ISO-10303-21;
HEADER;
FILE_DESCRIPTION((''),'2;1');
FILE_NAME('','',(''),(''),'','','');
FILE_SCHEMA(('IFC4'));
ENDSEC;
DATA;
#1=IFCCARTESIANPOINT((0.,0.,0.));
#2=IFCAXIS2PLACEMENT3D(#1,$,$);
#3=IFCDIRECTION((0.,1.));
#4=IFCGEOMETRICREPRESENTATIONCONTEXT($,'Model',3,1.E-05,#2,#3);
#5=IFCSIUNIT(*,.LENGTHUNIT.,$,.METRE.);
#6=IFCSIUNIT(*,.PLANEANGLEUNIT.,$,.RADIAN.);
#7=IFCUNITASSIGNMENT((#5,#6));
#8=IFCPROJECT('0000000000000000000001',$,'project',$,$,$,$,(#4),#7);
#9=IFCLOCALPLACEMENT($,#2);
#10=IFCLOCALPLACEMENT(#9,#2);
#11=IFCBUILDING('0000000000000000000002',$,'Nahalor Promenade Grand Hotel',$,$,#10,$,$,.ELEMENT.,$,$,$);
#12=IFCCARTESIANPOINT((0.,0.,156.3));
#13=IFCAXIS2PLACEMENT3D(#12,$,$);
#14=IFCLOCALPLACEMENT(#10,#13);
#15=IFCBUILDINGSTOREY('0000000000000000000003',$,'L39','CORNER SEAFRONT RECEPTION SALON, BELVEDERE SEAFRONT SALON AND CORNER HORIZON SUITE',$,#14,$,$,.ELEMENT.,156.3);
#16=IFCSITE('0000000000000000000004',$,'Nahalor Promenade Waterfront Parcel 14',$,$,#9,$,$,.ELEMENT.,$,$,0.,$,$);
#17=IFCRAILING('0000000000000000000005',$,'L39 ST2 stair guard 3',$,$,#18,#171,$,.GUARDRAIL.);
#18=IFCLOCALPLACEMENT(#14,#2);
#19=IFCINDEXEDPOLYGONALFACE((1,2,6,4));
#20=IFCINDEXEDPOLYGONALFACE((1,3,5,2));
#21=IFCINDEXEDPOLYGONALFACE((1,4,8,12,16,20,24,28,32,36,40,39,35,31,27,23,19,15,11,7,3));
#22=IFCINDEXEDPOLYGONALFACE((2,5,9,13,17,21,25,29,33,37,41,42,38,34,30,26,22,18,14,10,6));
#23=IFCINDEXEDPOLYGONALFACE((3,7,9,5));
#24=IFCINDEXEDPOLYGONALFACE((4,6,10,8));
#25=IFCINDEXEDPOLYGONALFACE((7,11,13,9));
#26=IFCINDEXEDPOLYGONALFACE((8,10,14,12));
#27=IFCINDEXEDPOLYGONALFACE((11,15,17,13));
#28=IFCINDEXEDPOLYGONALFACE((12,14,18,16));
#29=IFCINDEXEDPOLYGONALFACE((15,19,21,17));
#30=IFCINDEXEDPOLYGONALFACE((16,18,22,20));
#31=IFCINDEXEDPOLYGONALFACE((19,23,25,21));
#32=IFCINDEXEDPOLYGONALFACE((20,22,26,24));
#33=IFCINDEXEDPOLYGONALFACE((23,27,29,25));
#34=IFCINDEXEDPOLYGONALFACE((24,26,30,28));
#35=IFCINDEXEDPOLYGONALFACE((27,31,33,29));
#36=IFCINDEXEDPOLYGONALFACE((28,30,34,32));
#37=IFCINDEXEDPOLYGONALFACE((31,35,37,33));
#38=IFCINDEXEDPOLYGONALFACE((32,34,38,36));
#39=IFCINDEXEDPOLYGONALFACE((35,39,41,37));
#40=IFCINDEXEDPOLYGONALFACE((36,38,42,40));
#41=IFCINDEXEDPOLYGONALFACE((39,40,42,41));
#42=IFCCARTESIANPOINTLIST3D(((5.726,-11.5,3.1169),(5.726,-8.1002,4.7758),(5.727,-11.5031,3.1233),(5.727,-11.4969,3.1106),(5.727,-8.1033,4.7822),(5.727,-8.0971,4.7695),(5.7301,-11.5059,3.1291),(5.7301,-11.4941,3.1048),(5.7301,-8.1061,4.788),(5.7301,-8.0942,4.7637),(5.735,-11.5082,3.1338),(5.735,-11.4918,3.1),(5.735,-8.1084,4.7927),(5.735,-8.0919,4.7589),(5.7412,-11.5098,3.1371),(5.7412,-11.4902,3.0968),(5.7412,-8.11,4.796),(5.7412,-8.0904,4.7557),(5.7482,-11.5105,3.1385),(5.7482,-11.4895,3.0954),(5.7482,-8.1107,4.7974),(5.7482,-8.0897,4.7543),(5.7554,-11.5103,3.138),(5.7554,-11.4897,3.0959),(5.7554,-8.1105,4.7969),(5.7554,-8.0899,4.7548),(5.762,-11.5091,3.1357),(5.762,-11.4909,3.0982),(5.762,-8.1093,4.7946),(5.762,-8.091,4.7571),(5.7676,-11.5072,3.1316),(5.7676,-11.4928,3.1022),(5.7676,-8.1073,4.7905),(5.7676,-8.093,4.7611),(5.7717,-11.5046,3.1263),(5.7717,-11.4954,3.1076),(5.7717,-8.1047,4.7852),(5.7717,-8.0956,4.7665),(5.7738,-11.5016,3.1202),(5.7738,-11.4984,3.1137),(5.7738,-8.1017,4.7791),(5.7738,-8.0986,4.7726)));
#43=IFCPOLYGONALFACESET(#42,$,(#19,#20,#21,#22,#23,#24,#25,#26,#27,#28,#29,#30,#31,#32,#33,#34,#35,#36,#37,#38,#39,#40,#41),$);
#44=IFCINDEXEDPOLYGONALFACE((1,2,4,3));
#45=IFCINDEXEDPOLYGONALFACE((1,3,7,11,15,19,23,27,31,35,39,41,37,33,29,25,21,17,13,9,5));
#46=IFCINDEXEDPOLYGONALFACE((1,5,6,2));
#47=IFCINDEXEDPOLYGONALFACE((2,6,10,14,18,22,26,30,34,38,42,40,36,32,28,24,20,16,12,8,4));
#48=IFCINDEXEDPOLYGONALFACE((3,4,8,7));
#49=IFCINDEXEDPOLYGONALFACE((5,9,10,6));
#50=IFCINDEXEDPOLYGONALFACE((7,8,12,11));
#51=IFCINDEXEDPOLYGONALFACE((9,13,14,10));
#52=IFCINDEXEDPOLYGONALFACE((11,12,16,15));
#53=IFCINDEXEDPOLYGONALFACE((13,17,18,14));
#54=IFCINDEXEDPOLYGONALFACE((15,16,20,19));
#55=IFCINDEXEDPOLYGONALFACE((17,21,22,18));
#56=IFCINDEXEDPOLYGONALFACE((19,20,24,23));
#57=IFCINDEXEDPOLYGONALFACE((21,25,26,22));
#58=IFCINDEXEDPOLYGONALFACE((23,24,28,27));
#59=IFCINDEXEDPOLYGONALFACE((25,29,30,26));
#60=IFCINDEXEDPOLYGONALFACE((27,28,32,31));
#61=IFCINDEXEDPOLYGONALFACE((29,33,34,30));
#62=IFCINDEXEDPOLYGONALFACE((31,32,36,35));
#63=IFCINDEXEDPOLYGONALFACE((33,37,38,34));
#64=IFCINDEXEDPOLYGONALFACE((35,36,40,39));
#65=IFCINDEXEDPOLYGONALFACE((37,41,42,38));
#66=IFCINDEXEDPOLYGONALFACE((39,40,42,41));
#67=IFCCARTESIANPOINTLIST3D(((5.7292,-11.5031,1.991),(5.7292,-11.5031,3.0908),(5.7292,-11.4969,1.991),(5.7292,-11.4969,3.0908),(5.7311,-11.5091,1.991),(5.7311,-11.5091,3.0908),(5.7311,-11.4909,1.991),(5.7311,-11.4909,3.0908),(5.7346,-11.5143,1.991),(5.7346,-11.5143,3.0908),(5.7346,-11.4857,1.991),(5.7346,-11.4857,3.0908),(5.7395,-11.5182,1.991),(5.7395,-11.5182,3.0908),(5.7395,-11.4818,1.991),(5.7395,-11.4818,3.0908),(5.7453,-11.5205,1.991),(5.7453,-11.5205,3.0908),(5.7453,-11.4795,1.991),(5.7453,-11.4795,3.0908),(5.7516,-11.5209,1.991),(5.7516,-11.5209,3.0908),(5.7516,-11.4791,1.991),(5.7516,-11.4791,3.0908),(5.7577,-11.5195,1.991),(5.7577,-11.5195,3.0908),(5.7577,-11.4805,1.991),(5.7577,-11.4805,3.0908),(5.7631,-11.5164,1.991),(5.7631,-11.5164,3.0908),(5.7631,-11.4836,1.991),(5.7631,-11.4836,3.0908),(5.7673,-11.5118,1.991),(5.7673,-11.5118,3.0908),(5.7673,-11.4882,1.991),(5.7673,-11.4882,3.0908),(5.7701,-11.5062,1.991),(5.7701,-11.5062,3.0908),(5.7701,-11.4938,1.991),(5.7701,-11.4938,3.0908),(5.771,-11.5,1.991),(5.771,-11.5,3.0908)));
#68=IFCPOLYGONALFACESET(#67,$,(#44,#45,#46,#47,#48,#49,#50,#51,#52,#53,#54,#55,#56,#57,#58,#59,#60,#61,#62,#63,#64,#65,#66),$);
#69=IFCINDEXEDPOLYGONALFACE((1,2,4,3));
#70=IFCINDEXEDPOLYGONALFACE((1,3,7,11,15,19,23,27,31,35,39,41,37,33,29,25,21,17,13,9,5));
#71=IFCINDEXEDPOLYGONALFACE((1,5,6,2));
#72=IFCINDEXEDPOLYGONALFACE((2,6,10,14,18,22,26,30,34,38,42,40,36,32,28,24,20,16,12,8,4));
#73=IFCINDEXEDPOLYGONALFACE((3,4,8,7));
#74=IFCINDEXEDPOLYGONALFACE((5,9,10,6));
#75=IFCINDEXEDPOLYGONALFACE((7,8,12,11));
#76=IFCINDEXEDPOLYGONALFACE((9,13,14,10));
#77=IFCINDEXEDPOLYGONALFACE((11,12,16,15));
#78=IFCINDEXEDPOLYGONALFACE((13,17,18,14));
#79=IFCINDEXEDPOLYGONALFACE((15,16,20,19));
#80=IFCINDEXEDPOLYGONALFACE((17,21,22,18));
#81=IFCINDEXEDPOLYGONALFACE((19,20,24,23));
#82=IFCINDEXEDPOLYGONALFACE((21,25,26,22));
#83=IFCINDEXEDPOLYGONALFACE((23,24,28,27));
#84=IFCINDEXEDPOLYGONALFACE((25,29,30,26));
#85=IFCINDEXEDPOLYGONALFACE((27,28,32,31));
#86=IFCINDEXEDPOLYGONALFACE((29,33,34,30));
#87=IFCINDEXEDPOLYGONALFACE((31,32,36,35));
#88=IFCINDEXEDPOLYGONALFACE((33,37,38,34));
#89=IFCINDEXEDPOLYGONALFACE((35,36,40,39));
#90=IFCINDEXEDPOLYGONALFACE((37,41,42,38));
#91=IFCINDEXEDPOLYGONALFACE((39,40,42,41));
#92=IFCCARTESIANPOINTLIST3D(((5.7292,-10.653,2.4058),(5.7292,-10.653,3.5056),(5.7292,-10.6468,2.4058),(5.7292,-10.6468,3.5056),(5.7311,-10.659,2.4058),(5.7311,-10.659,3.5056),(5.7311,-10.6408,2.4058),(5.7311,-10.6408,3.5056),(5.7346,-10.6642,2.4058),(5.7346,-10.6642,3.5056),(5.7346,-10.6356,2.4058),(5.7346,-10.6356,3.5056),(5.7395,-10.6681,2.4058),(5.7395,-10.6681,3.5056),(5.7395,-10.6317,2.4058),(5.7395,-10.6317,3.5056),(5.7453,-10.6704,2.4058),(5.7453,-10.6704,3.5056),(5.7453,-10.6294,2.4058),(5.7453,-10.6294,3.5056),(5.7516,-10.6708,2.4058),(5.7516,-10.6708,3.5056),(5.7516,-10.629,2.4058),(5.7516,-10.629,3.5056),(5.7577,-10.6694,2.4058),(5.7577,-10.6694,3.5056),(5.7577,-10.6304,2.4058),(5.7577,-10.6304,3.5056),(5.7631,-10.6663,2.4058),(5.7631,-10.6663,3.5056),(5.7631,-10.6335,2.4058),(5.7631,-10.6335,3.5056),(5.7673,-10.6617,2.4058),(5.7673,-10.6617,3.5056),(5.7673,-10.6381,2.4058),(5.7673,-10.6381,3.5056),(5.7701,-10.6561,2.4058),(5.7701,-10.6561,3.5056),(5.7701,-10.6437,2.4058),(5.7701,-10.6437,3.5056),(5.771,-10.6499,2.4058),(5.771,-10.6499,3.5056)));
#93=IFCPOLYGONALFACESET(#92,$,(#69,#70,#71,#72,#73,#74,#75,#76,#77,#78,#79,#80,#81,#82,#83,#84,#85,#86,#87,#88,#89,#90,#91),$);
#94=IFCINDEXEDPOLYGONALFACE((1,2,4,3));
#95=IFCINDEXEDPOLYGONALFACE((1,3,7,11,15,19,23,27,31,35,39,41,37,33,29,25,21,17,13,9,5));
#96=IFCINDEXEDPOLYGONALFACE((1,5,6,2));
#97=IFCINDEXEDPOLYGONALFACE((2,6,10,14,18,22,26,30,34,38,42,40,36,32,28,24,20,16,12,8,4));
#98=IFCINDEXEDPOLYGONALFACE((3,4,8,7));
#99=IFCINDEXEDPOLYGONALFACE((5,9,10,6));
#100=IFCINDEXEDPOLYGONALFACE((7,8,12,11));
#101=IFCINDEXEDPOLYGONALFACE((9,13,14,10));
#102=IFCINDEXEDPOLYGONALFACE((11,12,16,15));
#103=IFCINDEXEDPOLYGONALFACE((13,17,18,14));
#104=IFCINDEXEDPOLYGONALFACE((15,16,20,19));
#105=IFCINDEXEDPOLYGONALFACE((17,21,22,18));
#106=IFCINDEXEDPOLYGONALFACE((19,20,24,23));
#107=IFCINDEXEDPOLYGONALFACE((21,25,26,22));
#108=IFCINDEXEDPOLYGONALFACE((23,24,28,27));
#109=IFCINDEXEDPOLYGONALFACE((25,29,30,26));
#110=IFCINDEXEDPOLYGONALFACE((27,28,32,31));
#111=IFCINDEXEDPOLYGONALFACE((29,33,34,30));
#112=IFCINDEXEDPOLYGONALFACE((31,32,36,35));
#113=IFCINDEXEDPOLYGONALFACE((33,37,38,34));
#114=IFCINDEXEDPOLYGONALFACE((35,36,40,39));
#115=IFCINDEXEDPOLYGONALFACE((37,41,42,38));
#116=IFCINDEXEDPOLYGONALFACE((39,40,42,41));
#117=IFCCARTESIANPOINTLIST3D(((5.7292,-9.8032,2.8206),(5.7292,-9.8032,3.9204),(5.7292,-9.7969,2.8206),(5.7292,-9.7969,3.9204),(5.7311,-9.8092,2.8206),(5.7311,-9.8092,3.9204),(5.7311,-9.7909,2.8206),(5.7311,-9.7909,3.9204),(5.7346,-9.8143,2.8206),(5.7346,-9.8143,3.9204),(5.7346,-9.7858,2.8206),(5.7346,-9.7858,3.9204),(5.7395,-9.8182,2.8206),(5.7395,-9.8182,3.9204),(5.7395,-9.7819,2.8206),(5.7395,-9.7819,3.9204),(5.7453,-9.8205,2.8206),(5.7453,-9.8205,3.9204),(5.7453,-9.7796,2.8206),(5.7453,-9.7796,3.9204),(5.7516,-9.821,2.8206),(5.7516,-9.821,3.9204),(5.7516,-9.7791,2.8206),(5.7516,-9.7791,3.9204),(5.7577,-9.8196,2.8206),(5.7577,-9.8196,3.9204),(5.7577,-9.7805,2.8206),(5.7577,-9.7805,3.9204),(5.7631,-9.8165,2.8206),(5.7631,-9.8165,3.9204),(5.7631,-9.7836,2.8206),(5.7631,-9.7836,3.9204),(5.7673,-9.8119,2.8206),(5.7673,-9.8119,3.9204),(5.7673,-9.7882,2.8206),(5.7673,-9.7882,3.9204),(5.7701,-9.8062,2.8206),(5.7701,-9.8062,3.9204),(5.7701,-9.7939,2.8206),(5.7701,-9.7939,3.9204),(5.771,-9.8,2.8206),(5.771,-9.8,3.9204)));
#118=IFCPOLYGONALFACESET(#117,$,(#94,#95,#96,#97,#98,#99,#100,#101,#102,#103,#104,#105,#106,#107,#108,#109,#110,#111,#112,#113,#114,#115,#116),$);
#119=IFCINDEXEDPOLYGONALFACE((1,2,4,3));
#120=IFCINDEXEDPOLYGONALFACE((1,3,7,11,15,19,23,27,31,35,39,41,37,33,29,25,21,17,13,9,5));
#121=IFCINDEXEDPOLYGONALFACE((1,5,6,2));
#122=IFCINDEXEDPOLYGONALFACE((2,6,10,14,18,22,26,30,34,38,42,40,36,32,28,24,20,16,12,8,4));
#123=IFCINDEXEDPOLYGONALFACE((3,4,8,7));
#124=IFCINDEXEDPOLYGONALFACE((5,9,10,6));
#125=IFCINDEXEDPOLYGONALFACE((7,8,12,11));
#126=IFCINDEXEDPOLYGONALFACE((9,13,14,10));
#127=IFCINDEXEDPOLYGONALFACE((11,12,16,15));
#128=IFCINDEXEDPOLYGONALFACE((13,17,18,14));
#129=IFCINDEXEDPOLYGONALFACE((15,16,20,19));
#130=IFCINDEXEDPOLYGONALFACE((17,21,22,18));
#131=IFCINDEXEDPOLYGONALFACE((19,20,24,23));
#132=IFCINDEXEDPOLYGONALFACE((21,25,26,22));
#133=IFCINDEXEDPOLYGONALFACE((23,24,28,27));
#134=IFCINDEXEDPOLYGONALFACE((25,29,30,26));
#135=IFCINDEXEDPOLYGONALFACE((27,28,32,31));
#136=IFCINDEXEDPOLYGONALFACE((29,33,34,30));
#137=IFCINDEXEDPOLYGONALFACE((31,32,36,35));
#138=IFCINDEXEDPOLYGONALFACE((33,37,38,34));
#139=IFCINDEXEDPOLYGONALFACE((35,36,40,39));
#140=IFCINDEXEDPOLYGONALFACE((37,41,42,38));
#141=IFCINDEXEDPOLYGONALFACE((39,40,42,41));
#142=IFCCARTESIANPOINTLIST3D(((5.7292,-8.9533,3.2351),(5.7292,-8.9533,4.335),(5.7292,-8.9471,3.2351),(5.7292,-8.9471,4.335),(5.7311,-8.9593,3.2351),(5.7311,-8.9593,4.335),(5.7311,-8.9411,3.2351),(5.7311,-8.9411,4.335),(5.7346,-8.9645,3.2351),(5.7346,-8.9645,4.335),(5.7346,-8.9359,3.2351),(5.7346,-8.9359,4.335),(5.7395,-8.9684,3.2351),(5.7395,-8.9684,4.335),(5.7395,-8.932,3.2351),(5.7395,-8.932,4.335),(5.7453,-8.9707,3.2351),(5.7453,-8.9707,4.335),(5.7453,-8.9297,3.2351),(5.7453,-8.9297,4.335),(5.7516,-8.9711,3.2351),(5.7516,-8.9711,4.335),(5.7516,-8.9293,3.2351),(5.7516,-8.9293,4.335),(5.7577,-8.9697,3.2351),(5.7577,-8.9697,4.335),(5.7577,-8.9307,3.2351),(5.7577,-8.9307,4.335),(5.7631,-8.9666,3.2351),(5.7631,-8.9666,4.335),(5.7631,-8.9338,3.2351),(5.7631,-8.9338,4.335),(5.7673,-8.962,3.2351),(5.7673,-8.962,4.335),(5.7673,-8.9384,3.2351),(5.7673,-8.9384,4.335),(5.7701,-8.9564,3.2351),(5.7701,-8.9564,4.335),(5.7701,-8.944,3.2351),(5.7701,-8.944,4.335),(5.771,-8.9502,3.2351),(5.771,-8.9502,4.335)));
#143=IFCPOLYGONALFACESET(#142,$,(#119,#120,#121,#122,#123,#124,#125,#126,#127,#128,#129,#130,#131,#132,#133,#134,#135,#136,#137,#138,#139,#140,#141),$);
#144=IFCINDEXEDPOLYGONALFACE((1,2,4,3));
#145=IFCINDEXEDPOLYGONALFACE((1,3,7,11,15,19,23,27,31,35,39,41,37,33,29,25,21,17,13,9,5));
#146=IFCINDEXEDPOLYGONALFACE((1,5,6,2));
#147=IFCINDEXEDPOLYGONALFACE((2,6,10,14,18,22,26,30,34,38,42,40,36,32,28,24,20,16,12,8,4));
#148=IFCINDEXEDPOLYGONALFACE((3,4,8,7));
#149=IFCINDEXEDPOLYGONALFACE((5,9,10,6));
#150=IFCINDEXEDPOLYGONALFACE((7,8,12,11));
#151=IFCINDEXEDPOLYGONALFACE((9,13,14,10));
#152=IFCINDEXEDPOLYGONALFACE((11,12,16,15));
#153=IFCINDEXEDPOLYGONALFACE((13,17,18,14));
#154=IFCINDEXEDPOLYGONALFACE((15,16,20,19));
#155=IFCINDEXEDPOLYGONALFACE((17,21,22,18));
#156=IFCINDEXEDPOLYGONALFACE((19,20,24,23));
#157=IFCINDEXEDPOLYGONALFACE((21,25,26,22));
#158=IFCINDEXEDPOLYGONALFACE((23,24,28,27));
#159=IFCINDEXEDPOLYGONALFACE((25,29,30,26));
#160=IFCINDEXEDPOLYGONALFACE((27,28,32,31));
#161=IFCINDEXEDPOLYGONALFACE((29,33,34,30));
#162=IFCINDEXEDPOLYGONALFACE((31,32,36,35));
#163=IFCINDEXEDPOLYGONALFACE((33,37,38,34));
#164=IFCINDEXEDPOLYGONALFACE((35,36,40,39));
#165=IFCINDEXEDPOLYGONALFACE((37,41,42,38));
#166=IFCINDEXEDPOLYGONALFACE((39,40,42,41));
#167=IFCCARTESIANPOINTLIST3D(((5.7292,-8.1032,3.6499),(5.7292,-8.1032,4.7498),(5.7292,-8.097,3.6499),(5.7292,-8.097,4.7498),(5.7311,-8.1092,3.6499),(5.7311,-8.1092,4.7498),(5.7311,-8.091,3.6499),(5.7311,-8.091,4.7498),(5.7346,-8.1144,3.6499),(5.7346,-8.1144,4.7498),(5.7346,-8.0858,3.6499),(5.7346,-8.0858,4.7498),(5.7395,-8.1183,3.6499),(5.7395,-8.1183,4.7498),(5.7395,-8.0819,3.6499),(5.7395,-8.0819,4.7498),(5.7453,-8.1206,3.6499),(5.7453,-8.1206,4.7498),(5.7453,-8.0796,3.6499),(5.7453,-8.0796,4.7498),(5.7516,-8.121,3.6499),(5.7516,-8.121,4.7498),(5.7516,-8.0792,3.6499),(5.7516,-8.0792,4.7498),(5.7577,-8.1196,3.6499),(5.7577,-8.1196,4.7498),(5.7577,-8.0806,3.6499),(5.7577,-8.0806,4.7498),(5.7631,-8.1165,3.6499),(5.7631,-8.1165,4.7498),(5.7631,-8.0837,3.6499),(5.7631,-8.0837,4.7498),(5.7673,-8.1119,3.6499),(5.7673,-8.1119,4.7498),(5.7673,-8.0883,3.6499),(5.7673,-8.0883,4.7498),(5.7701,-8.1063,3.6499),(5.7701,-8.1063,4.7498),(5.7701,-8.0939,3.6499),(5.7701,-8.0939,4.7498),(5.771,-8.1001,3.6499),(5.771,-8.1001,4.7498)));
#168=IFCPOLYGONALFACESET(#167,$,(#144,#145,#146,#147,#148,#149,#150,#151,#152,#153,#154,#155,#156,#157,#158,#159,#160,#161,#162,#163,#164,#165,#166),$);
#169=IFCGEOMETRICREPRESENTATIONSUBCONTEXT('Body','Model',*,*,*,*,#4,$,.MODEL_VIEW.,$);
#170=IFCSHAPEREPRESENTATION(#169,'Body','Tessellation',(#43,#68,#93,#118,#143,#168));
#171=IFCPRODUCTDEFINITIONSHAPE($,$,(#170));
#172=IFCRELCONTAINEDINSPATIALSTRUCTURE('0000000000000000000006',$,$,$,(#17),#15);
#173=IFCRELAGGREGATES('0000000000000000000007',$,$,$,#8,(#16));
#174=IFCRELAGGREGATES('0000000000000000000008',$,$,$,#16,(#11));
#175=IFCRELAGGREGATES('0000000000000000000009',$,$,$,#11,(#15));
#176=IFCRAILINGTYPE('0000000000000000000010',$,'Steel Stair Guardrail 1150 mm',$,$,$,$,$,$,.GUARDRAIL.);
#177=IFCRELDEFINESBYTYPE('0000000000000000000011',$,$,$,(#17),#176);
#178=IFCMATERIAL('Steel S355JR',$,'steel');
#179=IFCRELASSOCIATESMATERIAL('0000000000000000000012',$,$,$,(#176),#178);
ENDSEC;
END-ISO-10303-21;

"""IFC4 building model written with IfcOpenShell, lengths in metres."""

from ifc_helpers import new_model, si_unit, direction, frame, origin, origin_2d, place, context, subcontext, project, spatial, circle, extrude, material, type_object, element, save


model = new_model("IFC4")

# Units and contexts
model_context = context("Model", 3, precision=1e-05, world=origin(), true_north=direction((0.0, 1.0)))
body_context = subcontext(model_context, "Body", "Model", "MODEL_VIEW")
ifc_project = project(units=[si_unit("LENGTHUNIT", "METRE"), si_unit("PLANEANGLEUNIT", "RADIAN")], contexts=[model_context])

# Site, building, storey
site_placement = place(None, origin())
site = spatial("IfcSite", under=ifc_project, at=site_placement, Name="Nahalor Promenade Waterfront Parcel 14", CompositionType="ELEMENT", RefElevation=0.0)
building_placement = place(site_placement, origin())
building = spatial("IfcBuilding", under=site, at=building_placement, Name="Nahalor Promenade Grand Hotel", CompositionType="ELEMENT")
storey_placement = place(building_placement, frame((0.0, 0.0, 156.3)))
storey = spatial("IfcBuildingStorey", under=building, at=storey_placement, Name="L39", Description="CORNER SEAFRONT RECEPTION SALON, BELVEDERE SEAFRONT SALON AND CORNER HORIZON SUITE", CompositionType="ELEMENT", Elevation=156.3)

# Shared definitions
ifc_material_1 = material(Name="Steel S355JR", Category="steel")

# Railing
railing_type_1 = type_object("IfcRailingType", Name="Steel Stair Guardrail 1150 mm", PredefinedType="GUARDRAIL", material=ifc_material_1)
railing_1_placement = place(storey_placement, frame((5.75, -11.5, 1.991)))
element("IfcRailing", 1, at=railing_1_placement, inside=storey, type_object=railing_type_1, Name="L39 ST2 stair guard 3", PredefinedType="GUARDRAIL", context=body_context, shape_type="SweptSolid", body=[
    extrude(circle(Radius=0.024, at=origin_2d()), frame((0.0, 0.0, 1.126), z_axis=(0.0, 0.898722, 0.438519), x_axis=(-1.0, 0.0, 0.0)), (0.0, 0.0, 1.0), 3.783),
    extrude(circle(Radius=0.021, at=origin_2d()), origin(), (0.0, 0.0, 1.0), 1.0999),
    extrude(circle(Radius=0.021, at=origin_2d()), frame((0.0, 0.8501, 0.4148)), (0.0, 0.0, 1.0), 1.0999),
    extrude(circle(Radius=0.021, at=origin_2d()), frame((0.0, 1.7, 0.8296)), (0.0, 0.0, 1.0), 1.0999),
    extrude(circle(Radius=0.021, at=origin_2d()), frame((0.0, 2.5498, 1.2441)), (0.0, 0.0, 1.0), 1.0999),
    extrude(circle(Radius=0.021, at=origin_2d()), frame((0.0, 3.3999, 1.6589)), (0.0, 0.0, 1.0), 1.0999),
])

save(model, "model.ifc")
